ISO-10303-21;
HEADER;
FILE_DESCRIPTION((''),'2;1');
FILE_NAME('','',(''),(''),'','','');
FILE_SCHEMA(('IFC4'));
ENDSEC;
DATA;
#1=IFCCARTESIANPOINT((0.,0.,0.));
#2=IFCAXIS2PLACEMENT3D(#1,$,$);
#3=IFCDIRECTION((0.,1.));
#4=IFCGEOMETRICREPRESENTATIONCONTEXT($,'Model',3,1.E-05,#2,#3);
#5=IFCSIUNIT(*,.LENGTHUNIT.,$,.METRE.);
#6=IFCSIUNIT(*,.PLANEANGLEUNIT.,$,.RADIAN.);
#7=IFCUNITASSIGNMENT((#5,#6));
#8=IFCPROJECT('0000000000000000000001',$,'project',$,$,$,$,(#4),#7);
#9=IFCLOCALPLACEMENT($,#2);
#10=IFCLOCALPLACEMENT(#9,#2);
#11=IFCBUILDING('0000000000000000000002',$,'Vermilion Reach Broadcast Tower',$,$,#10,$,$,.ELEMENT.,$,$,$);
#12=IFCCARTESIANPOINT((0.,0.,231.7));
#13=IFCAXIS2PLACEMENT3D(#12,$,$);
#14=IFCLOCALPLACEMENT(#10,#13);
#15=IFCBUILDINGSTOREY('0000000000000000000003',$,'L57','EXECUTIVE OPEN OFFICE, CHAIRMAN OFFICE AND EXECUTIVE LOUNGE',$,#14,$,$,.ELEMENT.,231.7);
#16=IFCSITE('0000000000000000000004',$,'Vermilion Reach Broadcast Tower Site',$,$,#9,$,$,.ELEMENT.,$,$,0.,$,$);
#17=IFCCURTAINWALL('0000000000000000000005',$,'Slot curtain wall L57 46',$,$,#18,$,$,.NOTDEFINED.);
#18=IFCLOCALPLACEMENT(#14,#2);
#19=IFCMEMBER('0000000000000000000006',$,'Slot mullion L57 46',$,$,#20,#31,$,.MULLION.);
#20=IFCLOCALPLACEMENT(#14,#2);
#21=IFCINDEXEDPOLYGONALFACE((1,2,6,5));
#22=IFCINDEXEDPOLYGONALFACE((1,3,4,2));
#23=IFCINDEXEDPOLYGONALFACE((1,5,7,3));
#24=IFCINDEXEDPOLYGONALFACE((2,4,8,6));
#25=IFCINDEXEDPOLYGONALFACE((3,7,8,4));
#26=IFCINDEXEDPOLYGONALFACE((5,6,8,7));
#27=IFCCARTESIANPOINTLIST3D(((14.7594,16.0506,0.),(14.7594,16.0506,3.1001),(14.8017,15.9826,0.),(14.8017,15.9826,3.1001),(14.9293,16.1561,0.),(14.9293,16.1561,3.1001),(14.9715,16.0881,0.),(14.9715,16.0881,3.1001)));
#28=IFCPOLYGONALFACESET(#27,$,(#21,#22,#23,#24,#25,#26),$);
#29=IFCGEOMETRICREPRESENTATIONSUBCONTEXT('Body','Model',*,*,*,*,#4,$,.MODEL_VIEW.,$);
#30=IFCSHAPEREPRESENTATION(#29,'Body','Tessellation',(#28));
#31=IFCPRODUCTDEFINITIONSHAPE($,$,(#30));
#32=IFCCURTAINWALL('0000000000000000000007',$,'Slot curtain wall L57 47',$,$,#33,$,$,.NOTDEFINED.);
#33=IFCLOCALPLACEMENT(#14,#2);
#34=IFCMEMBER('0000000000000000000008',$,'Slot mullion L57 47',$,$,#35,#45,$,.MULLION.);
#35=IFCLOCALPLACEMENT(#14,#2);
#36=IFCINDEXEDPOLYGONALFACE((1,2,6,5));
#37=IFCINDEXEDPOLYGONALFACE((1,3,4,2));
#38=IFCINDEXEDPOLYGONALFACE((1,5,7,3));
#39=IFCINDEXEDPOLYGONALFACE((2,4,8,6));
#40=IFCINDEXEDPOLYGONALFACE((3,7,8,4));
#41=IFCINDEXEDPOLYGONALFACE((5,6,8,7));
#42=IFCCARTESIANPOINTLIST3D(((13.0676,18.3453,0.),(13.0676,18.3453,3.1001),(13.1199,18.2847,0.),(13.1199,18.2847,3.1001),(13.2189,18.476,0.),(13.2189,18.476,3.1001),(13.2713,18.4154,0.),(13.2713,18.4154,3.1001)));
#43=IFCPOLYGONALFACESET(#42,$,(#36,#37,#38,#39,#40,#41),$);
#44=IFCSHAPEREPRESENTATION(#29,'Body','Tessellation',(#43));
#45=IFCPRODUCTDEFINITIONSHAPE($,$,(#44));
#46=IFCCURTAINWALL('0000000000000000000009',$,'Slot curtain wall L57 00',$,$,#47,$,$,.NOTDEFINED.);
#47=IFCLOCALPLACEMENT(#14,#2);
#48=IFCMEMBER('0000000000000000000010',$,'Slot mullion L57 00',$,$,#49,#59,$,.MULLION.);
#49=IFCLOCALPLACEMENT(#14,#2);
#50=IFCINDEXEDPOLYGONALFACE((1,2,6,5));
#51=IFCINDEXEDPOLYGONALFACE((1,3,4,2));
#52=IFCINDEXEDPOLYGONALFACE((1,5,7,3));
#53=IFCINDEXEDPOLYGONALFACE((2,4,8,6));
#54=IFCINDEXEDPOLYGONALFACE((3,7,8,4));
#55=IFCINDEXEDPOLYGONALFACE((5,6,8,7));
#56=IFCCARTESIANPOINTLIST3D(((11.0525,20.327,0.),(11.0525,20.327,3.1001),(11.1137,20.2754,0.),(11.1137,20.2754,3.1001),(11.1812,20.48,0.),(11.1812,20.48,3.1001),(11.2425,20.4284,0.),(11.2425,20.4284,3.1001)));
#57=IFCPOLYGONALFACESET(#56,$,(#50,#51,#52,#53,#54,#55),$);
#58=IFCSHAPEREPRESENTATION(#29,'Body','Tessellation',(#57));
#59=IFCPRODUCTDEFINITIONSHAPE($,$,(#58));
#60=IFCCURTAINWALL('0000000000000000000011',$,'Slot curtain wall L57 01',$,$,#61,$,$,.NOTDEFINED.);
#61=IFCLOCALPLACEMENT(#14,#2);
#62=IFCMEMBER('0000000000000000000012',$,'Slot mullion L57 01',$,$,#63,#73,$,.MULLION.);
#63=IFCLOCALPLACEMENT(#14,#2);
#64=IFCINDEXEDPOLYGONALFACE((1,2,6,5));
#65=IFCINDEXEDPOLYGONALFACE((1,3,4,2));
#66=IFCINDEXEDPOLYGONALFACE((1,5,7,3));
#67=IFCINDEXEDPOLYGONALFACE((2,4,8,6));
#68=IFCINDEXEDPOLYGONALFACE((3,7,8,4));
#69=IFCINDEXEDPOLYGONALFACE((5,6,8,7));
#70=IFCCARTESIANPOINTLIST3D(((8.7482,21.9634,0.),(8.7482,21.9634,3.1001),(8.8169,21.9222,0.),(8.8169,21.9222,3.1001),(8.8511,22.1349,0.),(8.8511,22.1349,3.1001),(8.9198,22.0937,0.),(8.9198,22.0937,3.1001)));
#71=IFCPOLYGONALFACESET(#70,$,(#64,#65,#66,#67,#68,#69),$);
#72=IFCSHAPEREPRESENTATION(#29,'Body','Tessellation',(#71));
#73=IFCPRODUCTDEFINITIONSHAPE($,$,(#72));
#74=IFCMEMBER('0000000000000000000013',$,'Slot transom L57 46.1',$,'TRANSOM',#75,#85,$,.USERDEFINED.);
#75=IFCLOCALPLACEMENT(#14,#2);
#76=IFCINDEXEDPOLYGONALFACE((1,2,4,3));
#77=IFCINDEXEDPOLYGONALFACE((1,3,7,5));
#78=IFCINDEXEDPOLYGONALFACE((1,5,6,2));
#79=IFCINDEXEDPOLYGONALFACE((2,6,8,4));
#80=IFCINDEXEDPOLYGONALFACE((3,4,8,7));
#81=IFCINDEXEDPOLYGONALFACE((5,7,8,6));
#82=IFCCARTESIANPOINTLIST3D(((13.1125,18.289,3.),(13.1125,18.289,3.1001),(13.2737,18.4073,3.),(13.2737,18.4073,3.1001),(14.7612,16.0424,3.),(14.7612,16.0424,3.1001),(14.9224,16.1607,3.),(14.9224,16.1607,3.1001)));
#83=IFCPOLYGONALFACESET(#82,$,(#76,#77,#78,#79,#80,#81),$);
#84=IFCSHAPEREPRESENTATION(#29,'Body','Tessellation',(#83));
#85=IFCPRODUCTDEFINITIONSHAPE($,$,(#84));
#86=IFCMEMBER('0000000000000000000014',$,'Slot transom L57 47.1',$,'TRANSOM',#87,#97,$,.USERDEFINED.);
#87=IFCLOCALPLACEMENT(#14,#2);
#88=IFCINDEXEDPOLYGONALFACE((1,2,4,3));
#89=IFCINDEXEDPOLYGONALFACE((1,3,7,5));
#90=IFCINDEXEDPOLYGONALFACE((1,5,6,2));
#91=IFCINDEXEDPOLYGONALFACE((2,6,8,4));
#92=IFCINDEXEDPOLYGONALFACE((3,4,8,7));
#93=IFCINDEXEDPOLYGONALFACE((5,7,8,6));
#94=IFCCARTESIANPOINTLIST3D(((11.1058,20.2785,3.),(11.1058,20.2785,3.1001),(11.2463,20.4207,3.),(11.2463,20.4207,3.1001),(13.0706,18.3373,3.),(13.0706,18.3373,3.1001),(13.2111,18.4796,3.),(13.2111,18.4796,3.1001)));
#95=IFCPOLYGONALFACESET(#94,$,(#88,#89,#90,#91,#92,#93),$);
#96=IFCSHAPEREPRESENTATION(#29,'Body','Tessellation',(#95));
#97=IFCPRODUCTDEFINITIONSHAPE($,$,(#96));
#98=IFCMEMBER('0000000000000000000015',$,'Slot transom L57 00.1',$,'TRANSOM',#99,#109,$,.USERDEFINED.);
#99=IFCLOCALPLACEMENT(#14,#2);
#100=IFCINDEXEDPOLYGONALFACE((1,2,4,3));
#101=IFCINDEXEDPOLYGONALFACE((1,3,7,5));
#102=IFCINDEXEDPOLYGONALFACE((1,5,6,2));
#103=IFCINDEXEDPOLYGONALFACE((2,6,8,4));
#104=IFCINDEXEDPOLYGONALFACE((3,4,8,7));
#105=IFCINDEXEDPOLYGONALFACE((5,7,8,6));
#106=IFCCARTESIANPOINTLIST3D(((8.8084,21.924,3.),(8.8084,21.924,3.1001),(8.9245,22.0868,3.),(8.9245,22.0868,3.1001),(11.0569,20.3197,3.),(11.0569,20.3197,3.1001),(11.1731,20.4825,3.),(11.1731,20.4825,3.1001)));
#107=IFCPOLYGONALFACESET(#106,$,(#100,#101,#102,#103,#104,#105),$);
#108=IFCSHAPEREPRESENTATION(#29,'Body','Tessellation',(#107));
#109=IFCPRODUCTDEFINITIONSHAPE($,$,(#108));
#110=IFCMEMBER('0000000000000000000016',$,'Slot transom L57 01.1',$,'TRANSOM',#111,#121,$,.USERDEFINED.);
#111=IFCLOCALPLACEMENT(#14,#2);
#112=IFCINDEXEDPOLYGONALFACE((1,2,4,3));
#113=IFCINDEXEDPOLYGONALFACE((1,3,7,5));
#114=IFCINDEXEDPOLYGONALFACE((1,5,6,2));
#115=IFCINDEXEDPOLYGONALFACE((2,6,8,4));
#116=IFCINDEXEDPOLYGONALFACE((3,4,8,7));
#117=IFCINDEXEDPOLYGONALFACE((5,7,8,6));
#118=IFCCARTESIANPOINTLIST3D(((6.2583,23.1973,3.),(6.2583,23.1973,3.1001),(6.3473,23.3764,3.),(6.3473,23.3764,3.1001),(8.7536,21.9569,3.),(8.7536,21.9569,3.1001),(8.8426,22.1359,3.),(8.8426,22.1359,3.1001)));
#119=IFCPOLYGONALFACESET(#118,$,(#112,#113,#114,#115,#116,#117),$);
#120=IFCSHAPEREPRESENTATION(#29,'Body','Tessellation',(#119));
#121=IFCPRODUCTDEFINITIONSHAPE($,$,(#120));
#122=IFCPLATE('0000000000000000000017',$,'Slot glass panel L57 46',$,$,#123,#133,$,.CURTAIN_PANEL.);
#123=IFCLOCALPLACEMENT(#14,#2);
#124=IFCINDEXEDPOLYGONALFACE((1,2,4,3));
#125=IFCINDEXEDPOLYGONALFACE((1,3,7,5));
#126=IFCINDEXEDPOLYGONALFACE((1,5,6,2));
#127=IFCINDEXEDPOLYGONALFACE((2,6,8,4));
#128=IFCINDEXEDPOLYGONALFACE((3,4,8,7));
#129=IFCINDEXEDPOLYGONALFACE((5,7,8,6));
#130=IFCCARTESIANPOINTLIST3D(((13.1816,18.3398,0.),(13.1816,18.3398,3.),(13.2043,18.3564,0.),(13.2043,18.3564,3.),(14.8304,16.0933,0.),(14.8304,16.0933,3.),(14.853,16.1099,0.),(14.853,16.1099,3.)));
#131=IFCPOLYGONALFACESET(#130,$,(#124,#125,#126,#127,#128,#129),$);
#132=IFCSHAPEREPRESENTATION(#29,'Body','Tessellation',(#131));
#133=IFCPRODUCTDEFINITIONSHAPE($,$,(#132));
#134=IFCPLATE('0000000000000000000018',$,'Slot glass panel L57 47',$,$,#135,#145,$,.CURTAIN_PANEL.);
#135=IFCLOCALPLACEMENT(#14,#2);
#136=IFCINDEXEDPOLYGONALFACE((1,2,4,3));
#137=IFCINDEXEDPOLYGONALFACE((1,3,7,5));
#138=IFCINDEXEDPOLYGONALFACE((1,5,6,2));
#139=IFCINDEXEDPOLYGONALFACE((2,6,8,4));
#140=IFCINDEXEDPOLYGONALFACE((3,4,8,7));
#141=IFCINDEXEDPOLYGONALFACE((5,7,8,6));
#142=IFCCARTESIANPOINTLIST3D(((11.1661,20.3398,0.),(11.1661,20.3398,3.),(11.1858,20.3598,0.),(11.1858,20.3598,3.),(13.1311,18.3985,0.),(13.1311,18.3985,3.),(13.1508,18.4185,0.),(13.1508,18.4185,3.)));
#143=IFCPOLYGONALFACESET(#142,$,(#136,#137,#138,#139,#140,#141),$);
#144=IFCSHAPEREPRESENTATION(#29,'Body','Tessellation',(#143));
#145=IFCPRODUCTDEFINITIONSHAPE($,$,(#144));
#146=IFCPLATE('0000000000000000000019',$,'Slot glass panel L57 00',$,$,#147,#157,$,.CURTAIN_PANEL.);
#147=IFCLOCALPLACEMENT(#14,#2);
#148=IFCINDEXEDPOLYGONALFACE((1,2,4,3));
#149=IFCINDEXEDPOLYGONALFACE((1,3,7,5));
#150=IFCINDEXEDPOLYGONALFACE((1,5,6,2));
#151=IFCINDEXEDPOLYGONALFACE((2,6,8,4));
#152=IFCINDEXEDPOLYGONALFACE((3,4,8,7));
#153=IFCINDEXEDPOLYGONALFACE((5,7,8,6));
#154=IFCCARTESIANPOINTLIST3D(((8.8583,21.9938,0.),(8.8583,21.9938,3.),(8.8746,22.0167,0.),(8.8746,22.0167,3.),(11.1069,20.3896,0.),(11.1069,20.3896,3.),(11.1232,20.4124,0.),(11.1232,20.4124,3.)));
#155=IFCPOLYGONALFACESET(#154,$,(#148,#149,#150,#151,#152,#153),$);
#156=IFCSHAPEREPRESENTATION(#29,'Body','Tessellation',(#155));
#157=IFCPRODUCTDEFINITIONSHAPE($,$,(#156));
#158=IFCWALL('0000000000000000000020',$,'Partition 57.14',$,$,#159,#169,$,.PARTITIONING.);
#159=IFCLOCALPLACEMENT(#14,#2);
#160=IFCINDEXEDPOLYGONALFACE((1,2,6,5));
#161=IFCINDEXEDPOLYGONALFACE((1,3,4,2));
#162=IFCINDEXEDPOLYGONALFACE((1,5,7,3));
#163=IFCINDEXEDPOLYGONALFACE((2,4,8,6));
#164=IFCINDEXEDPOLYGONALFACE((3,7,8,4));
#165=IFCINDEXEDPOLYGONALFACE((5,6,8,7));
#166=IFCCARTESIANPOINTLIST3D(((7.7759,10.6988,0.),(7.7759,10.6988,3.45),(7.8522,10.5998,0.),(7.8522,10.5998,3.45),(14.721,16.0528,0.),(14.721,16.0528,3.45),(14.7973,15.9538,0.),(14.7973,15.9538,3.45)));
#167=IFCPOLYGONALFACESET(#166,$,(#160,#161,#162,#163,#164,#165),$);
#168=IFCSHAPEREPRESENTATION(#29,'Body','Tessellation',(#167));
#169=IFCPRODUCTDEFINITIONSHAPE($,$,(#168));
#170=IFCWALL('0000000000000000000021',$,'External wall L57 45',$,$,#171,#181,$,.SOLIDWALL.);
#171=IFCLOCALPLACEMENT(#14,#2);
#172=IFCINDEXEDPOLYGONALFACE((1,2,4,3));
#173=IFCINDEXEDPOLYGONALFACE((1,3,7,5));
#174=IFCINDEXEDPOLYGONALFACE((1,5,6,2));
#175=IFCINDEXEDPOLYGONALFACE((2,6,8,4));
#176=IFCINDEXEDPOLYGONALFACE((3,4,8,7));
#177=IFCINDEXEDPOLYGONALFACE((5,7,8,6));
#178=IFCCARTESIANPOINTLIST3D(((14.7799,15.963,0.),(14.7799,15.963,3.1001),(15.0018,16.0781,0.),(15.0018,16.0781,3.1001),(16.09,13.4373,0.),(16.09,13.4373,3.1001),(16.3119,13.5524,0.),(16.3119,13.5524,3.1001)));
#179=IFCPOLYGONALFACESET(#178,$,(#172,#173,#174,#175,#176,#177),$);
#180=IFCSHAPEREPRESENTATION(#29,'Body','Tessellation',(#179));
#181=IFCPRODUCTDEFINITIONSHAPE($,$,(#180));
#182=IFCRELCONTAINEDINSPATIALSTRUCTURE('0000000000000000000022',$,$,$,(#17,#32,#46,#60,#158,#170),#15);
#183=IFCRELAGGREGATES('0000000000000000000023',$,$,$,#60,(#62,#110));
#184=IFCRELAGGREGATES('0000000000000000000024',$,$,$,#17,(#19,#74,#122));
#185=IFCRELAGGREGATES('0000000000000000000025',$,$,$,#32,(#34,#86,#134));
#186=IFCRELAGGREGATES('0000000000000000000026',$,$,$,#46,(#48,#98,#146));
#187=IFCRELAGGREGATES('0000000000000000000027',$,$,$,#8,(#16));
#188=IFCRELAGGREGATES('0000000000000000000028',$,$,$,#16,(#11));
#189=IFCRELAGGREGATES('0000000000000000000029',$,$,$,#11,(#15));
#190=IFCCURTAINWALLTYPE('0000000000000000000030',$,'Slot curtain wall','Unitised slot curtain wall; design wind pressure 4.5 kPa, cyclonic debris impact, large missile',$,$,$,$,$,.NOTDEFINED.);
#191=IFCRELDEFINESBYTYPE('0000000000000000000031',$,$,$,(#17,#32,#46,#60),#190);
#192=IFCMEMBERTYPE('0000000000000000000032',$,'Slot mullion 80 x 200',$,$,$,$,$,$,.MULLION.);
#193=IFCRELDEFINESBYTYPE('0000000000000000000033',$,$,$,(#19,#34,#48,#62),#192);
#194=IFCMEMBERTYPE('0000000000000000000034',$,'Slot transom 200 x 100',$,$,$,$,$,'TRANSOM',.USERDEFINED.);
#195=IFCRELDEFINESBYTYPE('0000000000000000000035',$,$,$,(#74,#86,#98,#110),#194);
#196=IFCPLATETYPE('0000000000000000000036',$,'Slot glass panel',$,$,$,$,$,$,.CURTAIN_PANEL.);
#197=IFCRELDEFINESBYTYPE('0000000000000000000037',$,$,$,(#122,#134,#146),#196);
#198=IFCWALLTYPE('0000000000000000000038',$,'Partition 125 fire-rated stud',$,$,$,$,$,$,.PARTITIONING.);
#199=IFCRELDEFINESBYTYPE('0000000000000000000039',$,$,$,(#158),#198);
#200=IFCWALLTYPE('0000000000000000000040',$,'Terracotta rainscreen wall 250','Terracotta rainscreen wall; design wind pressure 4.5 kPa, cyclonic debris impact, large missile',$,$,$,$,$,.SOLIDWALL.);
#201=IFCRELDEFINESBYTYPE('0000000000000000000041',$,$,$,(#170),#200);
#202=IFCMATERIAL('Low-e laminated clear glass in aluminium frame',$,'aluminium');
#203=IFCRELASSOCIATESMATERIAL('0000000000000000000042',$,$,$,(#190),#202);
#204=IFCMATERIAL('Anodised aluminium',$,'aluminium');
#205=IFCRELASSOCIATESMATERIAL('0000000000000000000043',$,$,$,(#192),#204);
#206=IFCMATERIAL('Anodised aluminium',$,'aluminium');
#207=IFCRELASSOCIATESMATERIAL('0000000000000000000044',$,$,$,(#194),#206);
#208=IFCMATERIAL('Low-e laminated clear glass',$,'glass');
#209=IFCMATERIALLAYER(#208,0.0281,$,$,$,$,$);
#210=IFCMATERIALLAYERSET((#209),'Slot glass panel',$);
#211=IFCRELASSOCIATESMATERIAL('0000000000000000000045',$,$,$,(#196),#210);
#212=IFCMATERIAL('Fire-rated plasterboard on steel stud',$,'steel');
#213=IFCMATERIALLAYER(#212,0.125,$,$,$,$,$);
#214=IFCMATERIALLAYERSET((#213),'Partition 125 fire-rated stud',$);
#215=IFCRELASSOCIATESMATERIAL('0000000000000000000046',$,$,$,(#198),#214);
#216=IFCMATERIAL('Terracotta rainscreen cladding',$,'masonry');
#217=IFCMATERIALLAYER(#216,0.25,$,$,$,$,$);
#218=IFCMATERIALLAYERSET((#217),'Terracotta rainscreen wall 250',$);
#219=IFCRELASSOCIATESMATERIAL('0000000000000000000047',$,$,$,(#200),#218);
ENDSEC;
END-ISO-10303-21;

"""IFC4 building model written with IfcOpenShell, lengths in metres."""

from ifc_helpers import new_model, si_unit, direction, frame, frame_2d, origin, origin_2d, place, context, subcontext, project, spatial, rectangle, extrude, material, layer, layer_set, material_profile, profile_set, type_object, element, aggregate, save


model = new_model("IFC4")

# Units and contexts
model_context = context("Model", 3, precision=1e-05, world=origin(), true_north=direction((0.0, 1.0)))
body_context = subcontext(model_context, "Body", "Model", "MODEL_VIEW")
ifc_project = project(units=[si_unit("LENGTHUNIT", "METRE"), si_unit("PLANEANGLEUNIT", "RADIAN")], contexts=[model_context])

# Site, building, storey
site_placement = place(None, origin())
site = spatial("IfcSite", under=ifc_project, at=site_placement, Name="Vermilion Reach Broadcast Tower Site", CompositionType="ELEMENT", RefElevation=0.0)
building_placement = place(site_placement, origin())
building = spatial("IfcBuilding", under=site, at=building_placement, Name="Vermilion Reach Broadcast Tower", CompositionType="ELEMENT")
storey_placement = place(building_placement, frame((0.0, 0.0, 231.7)))
storey = spatial("IfcBuildingStorey", under=building, at=storey_placement, Name="L57", Description="EXECUTIVE OPEN OFFICE, CHAIRMAN OFFICE AND EXECUTIVE LOUNGE", CompositionType="ELEMENT", Elevation=231.7)

# Curtain walls, members
ifc_material_1 = material(Name="Low-e laminated clear glass in aluminium frame", Category="aluminium")
curtain_wall_type = type_object("IfcCurtainWallType", Name="Slot curtain wall", Description="Unitised slot curtain wall; design wind pressure 4.5 kPa, cyclonic debris impact, large missile", PredefinedType="NOTDEFINED", material=ifc_material_1)
placement = place(storey_placement, origin())
curtain_wall_1 = element("IfcCurtainWall", 1, at=placement, inside=storey, type_object=curtain_wall_type, Name="Slot curtain wall L57 46", PredefinedType="NOTDEFINED")
ifc_material_2 = material(Name="Anodised aluminium", Category="aluminium")
ifc_material_profile_1 = material_profile(ifc_material_2, rectangle(XDim=0.2, YDim=0.0801, at=origin_2d()), Name="Slot mullion 80 x 200")
ifc_profile_set_1 = profile_set([ifc_material_profile_1], Name="Anodised aluminium")
member_type_1 = type_object("IfcMemberType", Name="Slot mullion 80 x 200", PredefinedType="MULLION", material=ifc_profile_set_1)
member_1_placement = place(storey_placement, frame((14.8655, 16.0693, 0.0), z_axis=(0.0, 0.0, 1.0), x_axis=(-0.849464, -0.527646, 0.0)))
member_1 = element("IfcMember", 2, at=member_1_placement, type_object=member_type_1, Name="Slot mullion L57 46", PredefinedType="MULLION", context=body_context, shape_type="SweptSolid", body=[
    extrude(rectangle(XDim=0.2, YDim=0.0801, at=origin_2d()), origin(), (0.0, 0.0, 1.0), 3.1001),
])
curtain_wall_2 = element("IfcCurtainWall", 3, at=placement, inside=storey, type_object=curtain_wall_type, Name="Slot curtain wall L57 47", PredefinedType="NOTDEFINED")
member_2_placement = place(storey_placement, frame((13.1694, 18.3804, 0.0), z_axis=(0.0, 0.0, 1.0), x_axis=(-0.756868, -0.653567, 0.0)))
member_2 = element("IfcMember", 4, at=member_2_placement, type_object=member_type_1, Name="Slot mullion L57 47", PredefinedType="MULLION", context=body_context, shape_type="SweptSolid", body=[
    extrude(rectangle(XDim=0.2, YDim=0.0801, at=origin_2d()), origin(), (0.0, 0.0, 1.0), 3.1001),
])
curtain_wall_3 = element("IfcCurtainWall", 5, at=placement, inside=storey, type_object=curtain_wall_type, Name="Slot curtain wall L57 00", PredefinedType="NOTDEFINED")
member_3_placement = place(storey_placement, frame((11.1475, 20.3777, 0.0), z_axis=(0.0, 0.0, 1.0), x_axis=(-0.643857, -0.765146, 0.0)))
member_3 = element("IfcMember", 6, at=member_3_placement, type_object=member_type_1, Name="Slot mullion L57 00", PredefinedType="MULLION", context=body_context, shape_type="SweptSolid", body=[
    extrude(rectangle(XDim=0.2, YDim=0.0801, at=origin_2d()), origin(), (0.0, 0.0, 1.0), 3.1001),
])
curtain_wall_4 = element("IfcCurtainWall", 7, at=placement, inside=storey, type_object=curtain_wall_type, Name="Slot curtain wall L57 01", PredefinedType="NOTDEFINED")
member_4_placement = place(storey_placement, frame((8.834, 22.0286, 0.0), z_axis=(0.0, 0.0, 1.0), x_axis=(-0.514606, -0.857427, 0.0)))
member_4 = element("IfcMember", 8, at=member_4_placement, type_object=member_type_1, Name="Slot mullion L57 01", PredefinedType="MULLION", context=body_context, shape_type="SweptSolid", body=[
    extrude(rectangle(XDim=0.2, YDim=0.0801, at=origin_2d()), origin(), (0.0, 0.0, 1.0), 3.1001),
])

# Members
ifc_material_3 = material(Name="Anodised aluminium", Category="aluminium")
ifc_material_profile_2 = material_profile(ifc_material_3, rectangle(XDim=0.2, YDim=0.1001, at=origin_2d()), Name="Slot transom 200 x 100")
ifc_profile_set_2 = profile_set([ifc_material_profile_2], Name="Anodised aluminium")
member_type_2 = type_object("IfcMemberType", Name="Slot transom 200 x 100", ElementType="TRANSOM", PredefinedType="USERDEFINED", material=ifc_profile_set_2)
member_5_placement = place(storey_placement, frame((14.8418, 16.1016, 3.05), z_axis=(-0.591641, 0.806202, 0.0), x_axis=(-0.806202, -0.591641, 0.0)))
member_5 = element("IfcMember", 9, at=member_5_placement, type_object=member_type_2, Name="Slot transom L57 46.1", ObjectType="TRANSOM", PredefinedType="USERDEFINED", context=body_context, shape_type="SweptSolid", body=[
    extrude(rectangle(XDim=0.2, YDim=0.1001, at=origin_2d()), origin(), (0.0, 0.0, 1.0), 2.7866),
])
member_6_placement = place(storey_placement, frame((13.1409, 18.4084, 3.05), z_axis=(-0.711381, 0.702807, 0.0), x_axis=(-0.702807, -0.711381, 0.0)))
member_6 = element("IfcMember", 10, at=member_6_placement, type_object=member_type_2, Name="Slot transom L57 47.1", ObjectType="TRANSOM", PredefinedType="USERDEFINED", context=body_context, shape_type="SweptSolid", body=[
    extrude(rectangle(XDim=0.2, YDim=0.1001, at=origin_2d()), origin(), (0.0, 0.0, 1.0), 2.762),
])
member_7_placement = place(storey_placement, frame((11.115, 20.4011, 3.05), z_axis=(-0.81405, 0.580795, 0.0), x_axis=(-0.580795, -0.81405, 0.0)))
member_7 = element("IfcMember", 11, at=member_7_placement, type_object=member_type_2, Name="Slot transom L57 00.1", ObjectType="TRANSOM", PredefinedType="USERDEFINED", context=body_context, shape_type="SweptSolid", body=[
    extrude(rectangle(XDim=0.2, YDim=0.1001, at=origin_2d()), origin(), (0.0, 0.0, 1.0), 2.7622),
])
member_8_placement = place(storey_placement, frame((8.7981, 22.0464, 3.05), z_axis=(-0.895459, 0.445145, 0.0), x_axis=(-0.445145, -0.895459, 0.0)))
member_8 = element("IfcMember", 12, at=member_8_placement, type_object=member_type_2, Name="Slot transom L57 01.1", ObjectType="TRANSOM", PredefinedType="USERDEFINED", context=body_context, shape_type="SweptSolid", body=[
    extrude(rectangle(XDim=0.2, YDim=0.1001, at=origin_2d()), origin(), (0.0, 0.0, 1.0), 2.7866),
])
aggregate(curtain_wall_4, [member_4, member_8])

# Plates
ifc_material_4 = material(Name="Low-e laminated clear glass", Category="glass")
ifc_layer_1 = layer(ifc_material_4, 0.0281)
ifc_layer_set_1 = layer_set([ifc_layer_1], Name="Slot glass panel")
plate_type = type_object("IfcPlateType", Name="Slot glass panel", PredefinedType="CURTAIN_PANEL", material=ifc_layer_set_1)
plate_1_placement = place(storey_placement, frame((14.0173, 17.2249, 0.0), z_axis=(0.0, 0.0, 1.0), x_axis=(-0.591668, 0.806182, 0.0)))
plate_1 = element("IfcPlate", 13, at=plate_1_placement, type_object=plate_type, Name="Slot glass panel L57 46", PredefinedType="CURTAIN_PANEL", context=body_context, shape_type="SweptSolid", body=[
    extrude(rectangle(XDim=2.7866, YDim=0.0281, at=origin_2d()), origin(), (0.0, 0.0, 1.0), 3.0),
])
aggregate(curtain_wall_1, [member_1, member_5, plate_1])
plate_2_placement = place(storey_placement, frame((12.1584, 19.3792, 0.0), z_axis=(0.0, 0.0, 1.0), x_axis=(-0.711373, 0.702814, 0.0)))
plate_2 = element("IfcPlate", 14, at=plate_2_placement, type_object=plate_type, Name="Slot glass panel L57 47", PredefinedType="CURTAIN_PANEL", context=body_context, shape_type="SweptSolid", body=[
    extrude(rectangle(XDim=2.7622, YDim=0.0281, at=origin_2d()), origin(), (0.0, 0.0, 1.0), 3.0),
])
aggregate(curtain_wall_2, [member_2, member_6, plate_2])
plate_3_placement = place(storey_placement, frame((9.9907, 21.2031, 0.0), z_axis=(0.0, 0.0, 1.0), x_axis=(-0.814047, 0.580799, 0.0)))
plate_3 = element("IfcPlate", 15, at=plate_3_placement, type_object=plate_type, Name="Slot glass panel L57 00", PredefinedType="CURTAIN_PANEL", context=body_context, shape_type="SweptSolid", body=[
    extrude(rectangle(XDim=2.7622, YDim=0.0281, at=origin_2d()), origin(), (0.0, 0.0, 1.0), 3.0),
])
aggregate(curtain_wall_3, [member_3, member_7, plate_3])

# Walls
ifc_material_5 = material(Name="Fire-rated plasterboard on steel stud", Category="steel")
ifc_layer_2 = layer(ifc_material_5, 0.125)
ifc_layer_set_2 = layer_set([ifc_layer_2], Name="Partition 125 fire-rated stud")
wall_type_1 = type_object("IfcWallType", Name="Partition 125 fire-rated stud", PredefinedType="PARTITIONING", material=ifc_layer_set_2)
wall_1_placement = place(storey_placement, frame((14.7593, 16.0034, 0.0), z_axis=(0.0, 0.0, 1.0), x_axis=(-0.791982, -0.610545, 0.0)))
element("IfcWall", 16, at=wall_1_placement, inside=storey, type_object=wall_type_1, Name="Partition 57.14", PredefinedType="PARTITIONING", context=body_context, shape_type="SweptSolid", body=[
    extrude(rectangle(XDim=8.7693, YDim=0.125, at=frame_2d((4.3848, 0.0))), origin(), (0.0, 0.0, 1.0), 3.45),
])
ifc_material_6 = material(Name="Terracotta rainscreen cladding", Category="masonry")
ifc_layer_3 = layer(ifc_material_6, 0.25)
ifc_layer_set_3 = layer_set([ifc_layer_3], Name="Terracotta rainscreen wall 250")
wall_type_2 = type_object("IfcWallType", Name="Terracotta rainscreen wall 250", Description="Terracotta rainscreen wall; design wind pressure 4.5 kPa, cyclonic debris impact, large missile", PredefinedType="SOLIDWALL", material=ifc_layer_set_3)
wall_2_placement = place(storey_placement, frame((16.2009, 13.4949, 0.0), z_axis=(0.0, 0.0, 1.0), x_axis=(-0.460447, 0.887687, 0.0)))
element("IfcWall", 17, at=wall_2_placement, inside=storey, type_object=wall_type_2, Name="External wall L57 45", PredefinedType="SOLIDWALL", context=body_context, shape_type="SweptSolid", body=[
    extrude(rectangle(XDim=2.8452, YDim=0.25, at=frame_2d((1.4226, 0.0))), origin(), (0.0, 0.0, 1.0), 3.1001),
])

save(model, "model.ifc")
